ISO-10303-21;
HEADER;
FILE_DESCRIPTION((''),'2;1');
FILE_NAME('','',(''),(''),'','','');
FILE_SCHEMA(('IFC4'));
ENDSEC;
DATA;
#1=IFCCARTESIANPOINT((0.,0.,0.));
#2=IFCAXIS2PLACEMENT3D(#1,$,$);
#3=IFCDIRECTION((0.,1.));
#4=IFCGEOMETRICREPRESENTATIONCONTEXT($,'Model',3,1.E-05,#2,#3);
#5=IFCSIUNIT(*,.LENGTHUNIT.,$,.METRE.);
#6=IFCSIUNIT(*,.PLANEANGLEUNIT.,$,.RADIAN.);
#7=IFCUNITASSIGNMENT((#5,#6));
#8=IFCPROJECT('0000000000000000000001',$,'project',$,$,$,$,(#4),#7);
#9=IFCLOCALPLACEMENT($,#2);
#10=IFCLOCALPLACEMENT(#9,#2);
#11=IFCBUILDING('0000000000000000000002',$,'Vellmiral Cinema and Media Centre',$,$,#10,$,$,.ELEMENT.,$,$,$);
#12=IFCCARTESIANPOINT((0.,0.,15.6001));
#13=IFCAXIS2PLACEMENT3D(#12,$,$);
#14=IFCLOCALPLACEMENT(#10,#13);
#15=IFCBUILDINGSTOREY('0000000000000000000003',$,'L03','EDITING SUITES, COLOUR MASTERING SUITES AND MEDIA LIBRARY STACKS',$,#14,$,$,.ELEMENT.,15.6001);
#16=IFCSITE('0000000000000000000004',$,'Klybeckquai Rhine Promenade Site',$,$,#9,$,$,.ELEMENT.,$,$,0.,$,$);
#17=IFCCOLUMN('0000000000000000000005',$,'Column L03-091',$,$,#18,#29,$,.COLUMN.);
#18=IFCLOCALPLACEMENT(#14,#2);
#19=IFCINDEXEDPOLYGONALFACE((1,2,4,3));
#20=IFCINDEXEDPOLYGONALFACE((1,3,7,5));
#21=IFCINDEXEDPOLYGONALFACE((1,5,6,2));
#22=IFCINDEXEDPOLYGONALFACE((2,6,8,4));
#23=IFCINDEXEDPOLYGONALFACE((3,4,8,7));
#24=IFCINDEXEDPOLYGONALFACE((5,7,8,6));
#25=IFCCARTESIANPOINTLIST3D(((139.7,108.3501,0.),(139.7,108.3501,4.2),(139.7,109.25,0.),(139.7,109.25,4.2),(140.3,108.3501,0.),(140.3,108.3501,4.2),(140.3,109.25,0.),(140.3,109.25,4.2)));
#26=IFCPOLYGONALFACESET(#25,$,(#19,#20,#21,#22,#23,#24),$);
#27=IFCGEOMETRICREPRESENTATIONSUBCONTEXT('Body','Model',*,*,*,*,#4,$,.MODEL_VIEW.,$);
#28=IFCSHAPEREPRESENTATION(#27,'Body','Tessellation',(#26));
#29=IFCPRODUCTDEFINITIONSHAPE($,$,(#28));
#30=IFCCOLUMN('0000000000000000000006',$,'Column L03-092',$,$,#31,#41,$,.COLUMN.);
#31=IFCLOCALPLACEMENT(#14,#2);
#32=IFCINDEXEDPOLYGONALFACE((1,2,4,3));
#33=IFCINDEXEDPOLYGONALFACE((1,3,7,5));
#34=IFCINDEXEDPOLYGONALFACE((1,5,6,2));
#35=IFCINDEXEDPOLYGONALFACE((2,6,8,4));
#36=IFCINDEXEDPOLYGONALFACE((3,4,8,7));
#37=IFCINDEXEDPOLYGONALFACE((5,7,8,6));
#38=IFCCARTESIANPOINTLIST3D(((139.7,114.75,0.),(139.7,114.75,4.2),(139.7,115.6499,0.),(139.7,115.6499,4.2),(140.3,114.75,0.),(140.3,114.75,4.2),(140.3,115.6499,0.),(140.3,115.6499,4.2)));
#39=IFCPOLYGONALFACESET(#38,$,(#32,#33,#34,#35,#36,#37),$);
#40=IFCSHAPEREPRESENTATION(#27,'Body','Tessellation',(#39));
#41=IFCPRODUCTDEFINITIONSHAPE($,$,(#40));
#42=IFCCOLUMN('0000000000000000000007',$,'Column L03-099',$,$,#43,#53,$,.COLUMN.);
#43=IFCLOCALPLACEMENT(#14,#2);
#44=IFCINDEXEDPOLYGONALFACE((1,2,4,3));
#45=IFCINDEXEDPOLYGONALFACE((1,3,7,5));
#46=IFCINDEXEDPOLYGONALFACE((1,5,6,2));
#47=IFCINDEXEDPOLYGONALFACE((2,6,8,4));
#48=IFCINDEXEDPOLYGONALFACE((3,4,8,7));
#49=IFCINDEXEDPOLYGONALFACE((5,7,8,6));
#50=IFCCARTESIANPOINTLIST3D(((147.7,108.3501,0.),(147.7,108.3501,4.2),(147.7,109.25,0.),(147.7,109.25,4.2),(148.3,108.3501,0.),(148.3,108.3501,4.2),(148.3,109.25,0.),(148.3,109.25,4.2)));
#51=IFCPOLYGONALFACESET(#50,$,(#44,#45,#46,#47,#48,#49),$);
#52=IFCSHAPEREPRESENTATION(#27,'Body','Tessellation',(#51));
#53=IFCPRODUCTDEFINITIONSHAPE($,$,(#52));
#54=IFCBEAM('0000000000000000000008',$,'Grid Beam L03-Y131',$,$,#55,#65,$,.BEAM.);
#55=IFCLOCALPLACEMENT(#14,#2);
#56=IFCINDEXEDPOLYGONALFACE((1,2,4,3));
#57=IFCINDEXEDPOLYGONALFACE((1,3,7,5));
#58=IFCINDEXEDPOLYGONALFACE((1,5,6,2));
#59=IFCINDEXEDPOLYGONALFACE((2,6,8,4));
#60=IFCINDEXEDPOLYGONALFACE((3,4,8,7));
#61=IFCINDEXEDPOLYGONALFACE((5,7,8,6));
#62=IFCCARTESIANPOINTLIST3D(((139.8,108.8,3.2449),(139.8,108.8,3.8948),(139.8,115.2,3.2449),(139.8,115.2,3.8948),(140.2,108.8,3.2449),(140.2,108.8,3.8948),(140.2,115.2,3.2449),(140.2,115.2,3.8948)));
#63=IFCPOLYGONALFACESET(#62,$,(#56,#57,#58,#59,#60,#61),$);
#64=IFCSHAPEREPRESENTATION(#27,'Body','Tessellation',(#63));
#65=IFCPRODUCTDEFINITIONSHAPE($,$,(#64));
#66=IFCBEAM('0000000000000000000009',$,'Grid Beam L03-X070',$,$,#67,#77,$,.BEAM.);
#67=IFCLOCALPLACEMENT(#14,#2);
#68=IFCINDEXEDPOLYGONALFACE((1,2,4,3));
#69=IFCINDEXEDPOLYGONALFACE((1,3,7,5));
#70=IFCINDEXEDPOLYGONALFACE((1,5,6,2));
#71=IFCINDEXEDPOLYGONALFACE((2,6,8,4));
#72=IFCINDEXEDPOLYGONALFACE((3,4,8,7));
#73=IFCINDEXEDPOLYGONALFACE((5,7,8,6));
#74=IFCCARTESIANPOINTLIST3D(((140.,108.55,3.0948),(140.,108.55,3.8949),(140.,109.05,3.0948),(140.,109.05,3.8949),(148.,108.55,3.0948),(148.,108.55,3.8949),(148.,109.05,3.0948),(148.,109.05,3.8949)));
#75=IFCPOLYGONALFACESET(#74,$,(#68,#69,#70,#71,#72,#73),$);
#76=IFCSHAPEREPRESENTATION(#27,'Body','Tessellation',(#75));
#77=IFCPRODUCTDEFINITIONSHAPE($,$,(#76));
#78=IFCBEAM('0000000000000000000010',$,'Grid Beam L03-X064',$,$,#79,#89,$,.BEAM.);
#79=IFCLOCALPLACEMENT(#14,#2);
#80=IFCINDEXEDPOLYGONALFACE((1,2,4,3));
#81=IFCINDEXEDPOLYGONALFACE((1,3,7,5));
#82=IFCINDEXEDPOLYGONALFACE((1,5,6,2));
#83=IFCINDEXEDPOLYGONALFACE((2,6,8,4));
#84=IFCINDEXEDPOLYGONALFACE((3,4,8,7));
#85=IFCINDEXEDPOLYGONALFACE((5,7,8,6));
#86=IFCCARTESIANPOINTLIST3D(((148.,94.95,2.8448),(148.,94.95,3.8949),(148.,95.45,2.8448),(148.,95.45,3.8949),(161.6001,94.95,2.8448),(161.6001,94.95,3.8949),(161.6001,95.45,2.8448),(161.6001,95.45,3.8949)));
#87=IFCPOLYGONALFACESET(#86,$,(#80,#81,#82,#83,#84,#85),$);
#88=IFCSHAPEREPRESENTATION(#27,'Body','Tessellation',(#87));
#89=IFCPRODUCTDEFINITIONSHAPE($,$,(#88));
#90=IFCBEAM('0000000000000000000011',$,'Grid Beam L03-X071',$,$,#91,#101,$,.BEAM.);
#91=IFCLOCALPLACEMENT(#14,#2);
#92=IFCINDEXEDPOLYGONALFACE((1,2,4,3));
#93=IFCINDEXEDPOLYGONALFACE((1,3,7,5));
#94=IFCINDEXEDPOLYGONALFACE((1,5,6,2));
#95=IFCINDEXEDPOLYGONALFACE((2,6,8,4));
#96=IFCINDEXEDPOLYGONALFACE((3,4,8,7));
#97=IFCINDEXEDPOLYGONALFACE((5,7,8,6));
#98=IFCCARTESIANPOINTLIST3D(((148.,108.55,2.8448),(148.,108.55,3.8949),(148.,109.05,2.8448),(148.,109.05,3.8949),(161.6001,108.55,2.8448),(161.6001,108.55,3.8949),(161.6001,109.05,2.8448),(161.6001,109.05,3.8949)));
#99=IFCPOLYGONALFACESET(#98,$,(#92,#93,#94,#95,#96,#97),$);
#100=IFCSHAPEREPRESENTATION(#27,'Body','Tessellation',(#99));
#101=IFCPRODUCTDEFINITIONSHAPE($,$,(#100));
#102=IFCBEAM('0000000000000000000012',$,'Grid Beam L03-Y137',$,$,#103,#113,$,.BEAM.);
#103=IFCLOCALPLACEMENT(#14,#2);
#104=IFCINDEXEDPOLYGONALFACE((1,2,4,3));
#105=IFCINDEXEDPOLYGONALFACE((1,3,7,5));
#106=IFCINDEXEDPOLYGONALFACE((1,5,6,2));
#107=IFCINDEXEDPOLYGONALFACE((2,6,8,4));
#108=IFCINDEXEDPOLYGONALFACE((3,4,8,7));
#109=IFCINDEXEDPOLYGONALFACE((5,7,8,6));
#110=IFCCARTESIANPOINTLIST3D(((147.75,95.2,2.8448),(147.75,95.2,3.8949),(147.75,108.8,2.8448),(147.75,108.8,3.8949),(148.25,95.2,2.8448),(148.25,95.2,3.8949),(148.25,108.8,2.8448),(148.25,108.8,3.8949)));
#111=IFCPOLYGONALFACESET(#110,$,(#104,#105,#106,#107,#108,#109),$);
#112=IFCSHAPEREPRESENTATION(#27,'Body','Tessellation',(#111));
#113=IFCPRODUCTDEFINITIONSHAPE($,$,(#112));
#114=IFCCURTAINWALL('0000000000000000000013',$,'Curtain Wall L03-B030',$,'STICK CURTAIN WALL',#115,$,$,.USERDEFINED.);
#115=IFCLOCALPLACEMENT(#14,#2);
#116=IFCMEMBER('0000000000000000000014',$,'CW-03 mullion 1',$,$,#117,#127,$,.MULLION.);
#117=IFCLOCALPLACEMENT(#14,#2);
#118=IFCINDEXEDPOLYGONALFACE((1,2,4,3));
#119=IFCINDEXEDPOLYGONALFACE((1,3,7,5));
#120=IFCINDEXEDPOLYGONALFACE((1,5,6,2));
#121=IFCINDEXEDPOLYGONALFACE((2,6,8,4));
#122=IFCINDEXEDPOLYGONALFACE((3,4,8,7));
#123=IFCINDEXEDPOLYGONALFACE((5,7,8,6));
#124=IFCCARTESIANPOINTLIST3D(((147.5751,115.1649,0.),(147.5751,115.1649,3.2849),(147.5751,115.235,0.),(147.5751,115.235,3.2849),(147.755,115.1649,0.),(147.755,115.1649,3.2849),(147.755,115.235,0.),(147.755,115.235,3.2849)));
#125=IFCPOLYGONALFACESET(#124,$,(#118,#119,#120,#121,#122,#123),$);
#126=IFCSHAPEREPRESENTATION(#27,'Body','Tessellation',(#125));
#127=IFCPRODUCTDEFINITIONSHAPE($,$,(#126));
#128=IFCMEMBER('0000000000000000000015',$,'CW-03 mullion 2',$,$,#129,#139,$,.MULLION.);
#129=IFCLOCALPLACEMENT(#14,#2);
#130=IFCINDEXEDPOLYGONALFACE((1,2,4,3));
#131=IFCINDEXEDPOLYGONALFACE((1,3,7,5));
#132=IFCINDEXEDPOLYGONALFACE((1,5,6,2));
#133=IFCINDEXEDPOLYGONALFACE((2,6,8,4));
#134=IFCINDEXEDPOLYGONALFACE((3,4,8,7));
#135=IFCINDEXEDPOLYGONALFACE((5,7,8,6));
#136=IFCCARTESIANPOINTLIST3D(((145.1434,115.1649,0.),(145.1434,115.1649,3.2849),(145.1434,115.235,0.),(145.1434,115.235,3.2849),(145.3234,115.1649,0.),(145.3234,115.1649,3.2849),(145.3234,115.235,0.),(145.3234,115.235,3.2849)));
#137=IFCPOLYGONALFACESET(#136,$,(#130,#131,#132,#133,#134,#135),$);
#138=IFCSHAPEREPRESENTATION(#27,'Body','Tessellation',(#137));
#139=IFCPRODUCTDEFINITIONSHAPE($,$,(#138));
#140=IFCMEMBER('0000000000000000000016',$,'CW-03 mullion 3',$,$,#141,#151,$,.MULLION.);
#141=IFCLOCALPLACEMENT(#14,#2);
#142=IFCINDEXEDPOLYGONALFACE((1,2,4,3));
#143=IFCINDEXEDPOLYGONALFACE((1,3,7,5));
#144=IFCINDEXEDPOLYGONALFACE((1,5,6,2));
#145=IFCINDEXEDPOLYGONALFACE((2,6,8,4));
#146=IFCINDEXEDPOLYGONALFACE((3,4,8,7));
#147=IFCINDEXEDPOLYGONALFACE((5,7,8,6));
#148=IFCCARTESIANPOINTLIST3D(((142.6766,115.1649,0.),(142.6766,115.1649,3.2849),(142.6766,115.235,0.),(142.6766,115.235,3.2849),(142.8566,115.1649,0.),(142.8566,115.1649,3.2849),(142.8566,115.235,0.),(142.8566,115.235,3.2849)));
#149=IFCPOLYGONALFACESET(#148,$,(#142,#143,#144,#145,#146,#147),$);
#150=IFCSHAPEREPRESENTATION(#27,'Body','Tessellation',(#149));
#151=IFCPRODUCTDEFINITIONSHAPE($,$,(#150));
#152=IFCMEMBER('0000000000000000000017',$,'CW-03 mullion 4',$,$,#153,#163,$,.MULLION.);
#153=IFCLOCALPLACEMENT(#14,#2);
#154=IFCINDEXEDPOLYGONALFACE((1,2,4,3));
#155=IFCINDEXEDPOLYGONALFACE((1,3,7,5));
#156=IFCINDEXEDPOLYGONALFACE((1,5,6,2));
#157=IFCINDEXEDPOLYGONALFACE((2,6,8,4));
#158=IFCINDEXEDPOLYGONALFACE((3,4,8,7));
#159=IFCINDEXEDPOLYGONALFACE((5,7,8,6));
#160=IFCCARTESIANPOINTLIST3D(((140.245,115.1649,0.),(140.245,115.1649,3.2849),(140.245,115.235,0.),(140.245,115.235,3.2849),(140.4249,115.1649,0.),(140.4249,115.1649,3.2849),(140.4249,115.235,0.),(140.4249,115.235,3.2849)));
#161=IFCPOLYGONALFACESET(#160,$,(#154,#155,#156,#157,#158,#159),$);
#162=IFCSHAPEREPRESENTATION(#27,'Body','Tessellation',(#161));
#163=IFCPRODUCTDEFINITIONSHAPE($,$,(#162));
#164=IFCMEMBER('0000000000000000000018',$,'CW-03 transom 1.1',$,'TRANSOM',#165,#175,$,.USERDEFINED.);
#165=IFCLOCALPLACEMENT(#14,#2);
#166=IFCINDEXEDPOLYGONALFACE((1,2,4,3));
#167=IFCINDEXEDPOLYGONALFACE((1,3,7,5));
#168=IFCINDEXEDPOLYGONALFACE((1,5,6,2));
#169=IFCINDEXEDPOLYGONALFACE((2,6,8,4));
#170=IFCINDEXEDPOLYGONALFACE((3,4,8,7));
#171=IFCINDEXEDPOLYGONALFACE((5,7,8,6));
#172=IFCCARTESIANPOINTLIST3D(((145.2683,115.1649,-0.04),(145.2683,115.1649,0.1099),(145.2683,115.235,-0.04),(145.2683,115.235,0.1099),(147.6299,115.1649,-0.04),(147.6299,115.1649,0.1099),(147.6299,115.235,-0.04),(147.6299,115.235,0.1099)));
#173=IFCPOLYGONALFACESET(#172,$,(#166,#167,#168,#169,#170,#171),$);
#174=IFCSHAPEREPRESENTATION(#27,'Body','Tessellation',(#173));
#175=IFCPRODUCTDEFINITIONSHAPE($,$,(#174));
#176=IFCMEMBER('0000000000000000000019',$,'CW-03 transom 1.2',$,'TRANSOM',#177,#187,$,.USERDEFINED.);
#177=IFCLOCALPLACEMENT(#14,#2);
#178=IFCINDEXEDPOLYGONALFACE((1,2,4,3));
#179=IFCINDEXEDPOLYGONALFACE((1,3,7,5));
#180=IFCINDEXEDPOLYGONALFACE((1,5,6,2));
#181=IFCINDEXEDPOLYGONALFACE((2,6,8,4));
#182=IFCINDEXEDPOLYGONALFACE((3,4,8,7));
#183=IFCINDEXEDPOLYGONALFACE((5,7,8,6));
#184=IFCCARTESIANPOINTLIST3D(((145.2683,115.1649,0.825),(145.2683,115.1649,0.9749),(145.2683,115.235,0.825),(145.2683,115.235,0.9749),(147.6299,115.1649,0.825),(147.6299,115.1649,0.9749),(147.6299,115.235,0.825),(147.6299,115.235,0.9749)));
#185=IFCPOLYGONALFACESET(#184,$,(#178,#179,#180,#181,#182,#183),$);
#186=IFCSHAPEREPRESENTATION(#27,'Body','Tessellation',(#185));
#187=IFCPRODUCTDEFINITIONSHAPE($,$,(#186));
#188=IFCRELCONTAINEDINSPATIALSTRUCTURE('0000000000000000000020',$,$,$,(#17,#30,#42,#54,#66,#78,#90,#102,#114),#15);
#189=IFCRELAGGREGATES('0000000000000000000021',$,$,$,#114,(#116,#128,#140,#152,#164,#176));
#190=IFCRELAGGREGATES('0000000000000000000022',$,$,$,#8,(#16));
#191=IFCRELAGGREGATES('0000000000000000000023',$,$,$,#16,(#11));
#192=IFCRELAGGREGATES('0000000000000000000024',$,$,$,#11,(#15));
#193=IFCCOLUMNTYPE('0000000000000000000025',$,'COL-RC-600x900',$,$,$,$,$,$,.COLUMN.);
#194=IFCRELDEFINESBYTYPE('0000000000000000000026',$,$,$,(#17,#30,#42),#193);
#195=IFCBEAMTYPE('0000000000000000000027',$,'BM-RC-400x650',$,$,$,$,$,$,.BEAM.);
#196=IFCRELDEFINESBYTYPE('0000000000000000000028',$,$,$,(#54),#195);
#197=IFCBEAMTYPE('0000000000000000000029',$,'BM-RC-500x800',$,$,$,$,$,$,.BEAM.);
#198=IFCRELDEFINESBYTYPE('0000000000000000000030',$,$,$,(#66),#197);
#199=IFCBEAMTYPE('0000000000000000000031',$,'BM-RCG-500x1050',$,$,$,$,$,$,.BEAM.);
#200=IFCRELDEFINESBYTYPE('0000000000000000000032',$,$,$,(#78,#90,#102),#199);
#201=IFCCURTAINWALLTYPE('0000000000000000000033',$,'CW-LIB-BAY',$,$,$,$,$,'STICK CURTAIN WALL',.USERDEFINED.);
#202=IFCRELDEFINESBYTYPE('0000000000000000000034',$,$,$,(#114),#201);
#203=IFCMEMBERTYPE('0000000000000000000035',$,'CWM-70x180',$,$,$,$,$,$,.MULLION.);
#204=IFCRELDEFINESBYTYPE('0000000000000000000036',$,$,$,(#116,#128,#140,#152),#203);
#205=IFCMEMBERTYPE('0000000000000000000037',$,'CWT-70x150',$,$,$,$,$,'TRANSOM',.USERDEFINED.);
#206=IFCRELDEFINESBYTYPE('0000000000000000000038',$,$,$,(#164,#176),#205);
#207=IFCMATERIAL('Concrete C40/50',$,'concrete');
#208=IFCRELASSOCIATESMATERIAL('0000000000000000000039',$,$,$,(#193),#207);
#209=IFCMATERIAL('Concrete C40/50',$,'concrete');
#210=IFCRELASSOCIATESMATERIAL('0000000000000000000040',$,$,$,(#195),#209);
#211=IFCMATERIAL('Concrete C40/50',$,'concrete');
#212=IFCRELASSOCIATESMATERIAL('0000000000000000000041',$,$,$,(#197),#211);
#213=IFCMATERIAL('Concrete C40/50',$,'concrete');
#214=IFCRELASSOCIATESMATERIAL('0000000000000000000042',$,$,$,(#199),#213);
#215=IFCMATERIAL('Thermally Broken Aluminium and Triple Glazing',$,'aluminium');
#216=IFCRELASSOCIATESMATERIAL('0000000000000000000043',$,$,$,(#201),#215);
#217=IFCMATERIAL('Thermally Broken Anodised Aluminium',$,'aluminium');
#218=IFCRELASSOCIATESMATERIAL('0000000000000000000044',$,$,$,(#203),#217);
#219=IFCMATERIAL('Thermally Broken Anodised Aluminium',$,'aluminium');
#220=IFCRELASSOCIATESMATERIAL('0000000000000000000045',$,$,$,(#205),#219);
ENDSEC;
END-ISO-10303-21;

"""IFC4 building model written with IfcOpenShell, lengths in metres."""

from ifc_helpers import new_model, si_unit, direction, frame, origin, origin_2d, place, context, subcontext, project, spatial, rectangle, extrude, material, material_profile, profile_set, type_object, element, aggregate, save


model = new_model("IFC4")

# Units and contexts
model_context = context("Model", 3, precision=1e-05, world=origin(), true_north=direction((0.0, 1.0)))
body_context = subcontext(model_context, "Body", "Model", "MODEL_VIEW")
ifc_project = project(units=[si_unit("LENGTHUNIT", "METRE"), si_unit("PLANEANGLEUNIT", "RADIAN")], contexts=[model_context])

# Site, building, storey
site_placement = place(None, origin())
site = spatial("IfcSite", under=ifc_project, at=site_placement, Name="Klybeckquai Rhine Promenade Site", CompositionType="ELEMENT", RefElevation=0.0)
building_placement = place(site_placement, origin())
building = spatial("IfcBuilding", under=site, at=building_placement, Name="Vellmiral Cinema and Media Centre", CompositionType="ELEMENT")
storey_placement = place(building_placement, frame((0.0, 0.0, 15.6001)))
storey = spatial("IfcBuildingStorey", under=building, at=storey_placement, Name="L03", Description="EDITING SUITES, COLOUR MASTERING SUITES AND MEDIA LIBRARY STACKS", CompositionType="ELEMENT", Elevation=15.6001)

# Columns
ifc_material_1 = material(Name="Concrete C40/50", Category="concrete")
ifc_material_profile_1 = material_profile(ifc_material_1, rectangle(XDim=0.6001, YDim=0.8999, at=origin_2d()), Name="RC 600x900")
ifc_profile_set_1 = profile_set([ifc_material_profile_1], Name="Concrete C40/50")
column_type = type_object("IfcColumnType", Name="COL-RC-600x900", PredefinedType="COLUMN", material=ifc_profile_set_1)
for number, where, z_axis, x_axis, name in (
    (1, (140.0, 108.8, 0.0), (0.0, 0.0, 1.0), (1.0, 0.0, 0.0), "Column L03-091"),
    (2, (140.0, 115.2, 0.0), (0.0, 0.0, 1.0), (1.0, 0.0, 0.0), "Column L03-092"),
    (3, (148.0, 108.8, 0.0), (0.0, 0.0, 1.0), (1.0, 0.0, 0.0), "Column L03-099"),
):
    element("IfcColumn", number, at=place(storey_placement, frame(where, z_axis=z_axis, x_axis=x_axis)), inside=storey, type_object=column_type, Name=name, PredefinedType="COLUMN", context=body_context, shape_type="SweptSolid", body=[
        extrude(rectangle(XDim=0.6001, YDim=0.8999, at=origin_2d()), origin(), (0.0, 0.0, 1.0), 4.2),
    ])

# Beams
ifc_material_2 = material(Name="Concrete C40/50", Category="concrete")
ifc_material_profile_2 = material_profile(ifc_material_2, rectangle(XDim=0.3999, YDim=0.6499, at=origin_2d()), Name="RC 400x650")
ifc_profile_set_2 = profile_set([ifc_material_profile_2], Name="Concrete C40/50")
beam_type_1 = type_object("IfcBeamType", Name="BM-RC-400x650", PredefinedType="BEAM", material=ifc_profile_set_2)
beam_1_placement = place(storey_placement, frame((140.0, 108.8, 3.5698), z_axis=(0.0, 1.0, 0.0), x_axis=(-1.0, 0.0, 0.0)))
element("IfcBeam", 4, at=beam_1_placement, inside=storey, type_object=beam_type_1, Name="Grid Beam L03-Y131", PredefinedType="BEAM", context=body_context, shape_type="SweptSolid", body=[
    extrude(rectangle(XDim=0.3999, YDim=0.6499, at=origin_2d()), origin(), (0.0, 0.0, 1.0), 6.3999),
])
ifc_material_3 = material(Name="Concrete C40/50", Category="concrete")
ifc_material_profile_3 = material_profile(ifc_material_3, rectangle(XDim=0.5, YDim=0.8, at=origin_2d()), Name="RC 500x800")
ifc_profile_set_3 = profile_set([ifc_material_profile_3], Name="Concrete C40/50")
beam_type_2 = type_object("IfcBeamType", Name="BM-RC-500x800", PredefinedType="BEAM", material=ifc_profile_set_3)
beam_2_placement = place(storey_placement, frame((140.0, 108.8, 3.4949), z_axis=(1.0, 0.0, 0.0), x_axis=(0.0, 1.0, 0.0)))
element("IfcBeam", 5, at=beam_2_placement, inside=storey, type_object=beam_type_2, Name="Grid Beam L03-X070", PredefinedType="BEAM", context=body_context, shape_type="SweptSolid", body=[
    extrude(rectangle(XDim=0.5, YDim=0.8, at=origin_2d()), origin(), (0.0, 0.0, 1.0), 8.0),
])
ifc_material_4 = material(Name="Concrete C40/50", Category="concrete")
ifc_material_profile_4 = material_profile(ifc_material_4, rectangle(XDim=0.5, YDim=1.05, at=origin_2d()), Name="RC 500x1050")
ifc_profile_set_4 = profile_set([ifc_material_profile_4], Name="Concrete C40/50")
beam_type_3 = type_object("IfcBeamType", Name="BM-RCG-500x1050", PredefinedType="BEAM", material=ifc_profile_set_4)
for number, where, z_axis, x_axis, name in (
    (6, (148.0, 95.2, 3.3699), (1.0, 0.0, 0.0), (0.0, 1.0, 0.0), "Grid Beam L03-X064"),
    (7, (148.0, 108.8, 3.3699), (1.0, 0.0, 0.0), (0.0, 1.0, 0.0), "Grid Beam L03-X071"),
    (8, (148.0, 95.2, 3.3699), (0.0, 1.0, 0.0), (-1.0, 0.0, 0.0), "Grid Beam L03-Y137"),
):
    element("IfcBeam", number, at=place(storey_placement, frame(where, z_axis=z_axis, x_axis=x_axis)), inside=storey, type_object=beam_type_3, Name=name, PredefinedType="BEAM", context=body_context, shape_type="SweptSolid", body=[
        extrude(rectangle(XDim=0.5, YDim=1.05, at=origin_2d()), origin(), (0.0, 0.0, 1.0), 13.6001),
    ])

# Curtain wall, members
ifc_material_5 = material(Name="Thermally Broken Aluminium and Triple Glazing", Category="aluminium")
curtain_wall_type = type_object("IfcCurtainWallType", Name="CW-LIB-BAY", ElementType="STICK CURTAIN WALL", PredefinedType="USERDEFINED", material=ifc_material_5)
curtain_wall_placement = place(storey_placement, origin())
curtain_wall = element("IfcCurtainWall", 9, at=curtain_wall_placement, inside=storey, type_object=curtain_wall_type, Name="Curtain Wall L03-B030", ObjectType="STICK CURTAIN WALL", PredefinedType="USERDEFINED")
ifc_material_6 = material(Name="Thermally Broken Anodised Aluminium", Category="aluminium")
ifc_material_profile_5 = material_profile(ifc_material_6, rectangle(XDim=0.0701, YDim=0.1799, at=origin_2d()), Name="MULL 70x180")
ifc_profile_set_5 = profile_set([ifc_material_profile_5], Name="Thermally Broken Anodised Aluminium")
member_type_1 = type_object("IfcMemberType", Name="CWM-70x180", PredefinedType="MULLION", material=ifc_profile_set_5)
member_1_placement = place(storey_placement, frame((147.665, 115.2, 0.0), z_axis=(0.0, 0.0, 1.0), x_axis=(0.0, -1.0, 0.0)))
member_1 = element("IfcMember", 10, at=member_1_placement, type_object=member_type_1, Name="CW-03 mullion 1", PredefinedType="MULLION", context=body_context, shape_type="SweptSolid", body=[
    extrude(rectangle(XDim=0.0701, YDim=0.1799, at=origin_2d()), origin(), (0.0, 0.0, 1.0), 3.2849),
])
member_2_placement = place(storey_placement, frame((145.2334, 115.2, 0.0), z_axis=(0.0, 0.0, 1.0), x_axis=(0.0, -1.0, 0.0)))
member_2 = element("IfcMember", 11, at=member_2_placement, type_object=member_type_1, Name="CW-03 mullion 2", PredefinedType="MULLION", context=body_context, shape_type="SweptSolid", body=[
    extrude(rectangle(XDim=0.0701, YDim=0.1799, at=origin_2d()), origin(), (0.0, 0.0, 1.0), 3.2849),
])
member_3_placement = place(storey_placement, frame((142.7666, 115.2, 0.0), z_axis=(0.0, 0.0, 1.0), x_axis=(0.0, -1.0, 0.0)))
member_3 = element("IfcMember", 12, at=member_3_placement, type_object=member_type_1, Name="CW-03 mullion 3", PredefinedType="MULLION", context=body_context, shape_type="SweptSolid", body=[
    extrude(rectangle(XDim=0.0701, YDim=0.1799, at=origin_2d()), origin(), (0.0, 0.0, 1.0), 3.2849),
])
member_4_placement = place(storey_placement, frame((140.335, 115.2, 0.0), z_axis=(0.0, 0.0, 1.0), x_axis=(0.0, -1.0, 0.0)))
member_4 = element("IfcMember", 13, at=member_4_placement, type_object=member_type_1, Name="CW-03 mullion 4", PredefinedType="MULLION", context=body_context, shape_type="SweptSolid", body=[
    extrude(rectangle(XDim=0.0701, YDim=0.1799, at=origin_2d()), origin(), (0.0, 0.0, 1.0), 3.2849),
])
ifc_material_7 = material(Name="Thermally Broken Anodised Aluminium", Category="aluminium")
ifc_material_profile_6 = material_profile(ifc_material_7, rectangle(XDim=0.0701, YDim=0.1499, at=origin_2d()), Name="MULL 70x150")
ifc_profile_set_6 = profile_set([ifc_material_profile_6], Name="Thermally Broken Anodised Aluminium")
member_type_2 = type_object("IfcMemberType", Name="CWT-70x150", ElementType="TRANSOM", PredefinedType="USERDEFINED", material=ifc_profile_set_6)
member_5_placement = place(storey_placement, frame((147.6299, 115.2, 0.0349), z_axis=(-1.0, 0.0, 0.0), x_axis=(0.0, -1.0, 0.0)))
member_5 = element("IfcMember", 14, at=member_5_placement, type_object=member_type_2, Name="CW-03 transom 1.1", ObjectType="TRANSOM", PredefinedType="USERDEFINED", context=body_context, shape_type="SweptSolid", body=[
    extrude(rectangle(XDim=0.0701, YDim=0.1499, at=origin_2d()), origin(), (0.0, 0.0, 1.0), 2.3616),
])
member_6_placement = place(storey_placement, frame((147.6299, 115.2, 0.8999), z_axis=(-1.0, 0.0, 0.0), x_axis=(0.0, -1.0, 0.0)))
member_6 = element("IfcMember", 15, at=member_6_placement, type_object=member_type_2, Name="CW-03 transom 1.2", ObjectType="TRANSOM", PredefinedType="USERDEFINED", context=body_context, shape_type="SweptSolid", body=[
    extrude(rectangle(XDim=0.0701, YDim=0.1499, at=origin_2d()), origin(), (0.0, 0.0, 1.0), 2.3616),
])

aggregate(curtain_wall, [member_1, member_2, member_3, member_4, member_5, member_6])

save(model, "model.ifc")
